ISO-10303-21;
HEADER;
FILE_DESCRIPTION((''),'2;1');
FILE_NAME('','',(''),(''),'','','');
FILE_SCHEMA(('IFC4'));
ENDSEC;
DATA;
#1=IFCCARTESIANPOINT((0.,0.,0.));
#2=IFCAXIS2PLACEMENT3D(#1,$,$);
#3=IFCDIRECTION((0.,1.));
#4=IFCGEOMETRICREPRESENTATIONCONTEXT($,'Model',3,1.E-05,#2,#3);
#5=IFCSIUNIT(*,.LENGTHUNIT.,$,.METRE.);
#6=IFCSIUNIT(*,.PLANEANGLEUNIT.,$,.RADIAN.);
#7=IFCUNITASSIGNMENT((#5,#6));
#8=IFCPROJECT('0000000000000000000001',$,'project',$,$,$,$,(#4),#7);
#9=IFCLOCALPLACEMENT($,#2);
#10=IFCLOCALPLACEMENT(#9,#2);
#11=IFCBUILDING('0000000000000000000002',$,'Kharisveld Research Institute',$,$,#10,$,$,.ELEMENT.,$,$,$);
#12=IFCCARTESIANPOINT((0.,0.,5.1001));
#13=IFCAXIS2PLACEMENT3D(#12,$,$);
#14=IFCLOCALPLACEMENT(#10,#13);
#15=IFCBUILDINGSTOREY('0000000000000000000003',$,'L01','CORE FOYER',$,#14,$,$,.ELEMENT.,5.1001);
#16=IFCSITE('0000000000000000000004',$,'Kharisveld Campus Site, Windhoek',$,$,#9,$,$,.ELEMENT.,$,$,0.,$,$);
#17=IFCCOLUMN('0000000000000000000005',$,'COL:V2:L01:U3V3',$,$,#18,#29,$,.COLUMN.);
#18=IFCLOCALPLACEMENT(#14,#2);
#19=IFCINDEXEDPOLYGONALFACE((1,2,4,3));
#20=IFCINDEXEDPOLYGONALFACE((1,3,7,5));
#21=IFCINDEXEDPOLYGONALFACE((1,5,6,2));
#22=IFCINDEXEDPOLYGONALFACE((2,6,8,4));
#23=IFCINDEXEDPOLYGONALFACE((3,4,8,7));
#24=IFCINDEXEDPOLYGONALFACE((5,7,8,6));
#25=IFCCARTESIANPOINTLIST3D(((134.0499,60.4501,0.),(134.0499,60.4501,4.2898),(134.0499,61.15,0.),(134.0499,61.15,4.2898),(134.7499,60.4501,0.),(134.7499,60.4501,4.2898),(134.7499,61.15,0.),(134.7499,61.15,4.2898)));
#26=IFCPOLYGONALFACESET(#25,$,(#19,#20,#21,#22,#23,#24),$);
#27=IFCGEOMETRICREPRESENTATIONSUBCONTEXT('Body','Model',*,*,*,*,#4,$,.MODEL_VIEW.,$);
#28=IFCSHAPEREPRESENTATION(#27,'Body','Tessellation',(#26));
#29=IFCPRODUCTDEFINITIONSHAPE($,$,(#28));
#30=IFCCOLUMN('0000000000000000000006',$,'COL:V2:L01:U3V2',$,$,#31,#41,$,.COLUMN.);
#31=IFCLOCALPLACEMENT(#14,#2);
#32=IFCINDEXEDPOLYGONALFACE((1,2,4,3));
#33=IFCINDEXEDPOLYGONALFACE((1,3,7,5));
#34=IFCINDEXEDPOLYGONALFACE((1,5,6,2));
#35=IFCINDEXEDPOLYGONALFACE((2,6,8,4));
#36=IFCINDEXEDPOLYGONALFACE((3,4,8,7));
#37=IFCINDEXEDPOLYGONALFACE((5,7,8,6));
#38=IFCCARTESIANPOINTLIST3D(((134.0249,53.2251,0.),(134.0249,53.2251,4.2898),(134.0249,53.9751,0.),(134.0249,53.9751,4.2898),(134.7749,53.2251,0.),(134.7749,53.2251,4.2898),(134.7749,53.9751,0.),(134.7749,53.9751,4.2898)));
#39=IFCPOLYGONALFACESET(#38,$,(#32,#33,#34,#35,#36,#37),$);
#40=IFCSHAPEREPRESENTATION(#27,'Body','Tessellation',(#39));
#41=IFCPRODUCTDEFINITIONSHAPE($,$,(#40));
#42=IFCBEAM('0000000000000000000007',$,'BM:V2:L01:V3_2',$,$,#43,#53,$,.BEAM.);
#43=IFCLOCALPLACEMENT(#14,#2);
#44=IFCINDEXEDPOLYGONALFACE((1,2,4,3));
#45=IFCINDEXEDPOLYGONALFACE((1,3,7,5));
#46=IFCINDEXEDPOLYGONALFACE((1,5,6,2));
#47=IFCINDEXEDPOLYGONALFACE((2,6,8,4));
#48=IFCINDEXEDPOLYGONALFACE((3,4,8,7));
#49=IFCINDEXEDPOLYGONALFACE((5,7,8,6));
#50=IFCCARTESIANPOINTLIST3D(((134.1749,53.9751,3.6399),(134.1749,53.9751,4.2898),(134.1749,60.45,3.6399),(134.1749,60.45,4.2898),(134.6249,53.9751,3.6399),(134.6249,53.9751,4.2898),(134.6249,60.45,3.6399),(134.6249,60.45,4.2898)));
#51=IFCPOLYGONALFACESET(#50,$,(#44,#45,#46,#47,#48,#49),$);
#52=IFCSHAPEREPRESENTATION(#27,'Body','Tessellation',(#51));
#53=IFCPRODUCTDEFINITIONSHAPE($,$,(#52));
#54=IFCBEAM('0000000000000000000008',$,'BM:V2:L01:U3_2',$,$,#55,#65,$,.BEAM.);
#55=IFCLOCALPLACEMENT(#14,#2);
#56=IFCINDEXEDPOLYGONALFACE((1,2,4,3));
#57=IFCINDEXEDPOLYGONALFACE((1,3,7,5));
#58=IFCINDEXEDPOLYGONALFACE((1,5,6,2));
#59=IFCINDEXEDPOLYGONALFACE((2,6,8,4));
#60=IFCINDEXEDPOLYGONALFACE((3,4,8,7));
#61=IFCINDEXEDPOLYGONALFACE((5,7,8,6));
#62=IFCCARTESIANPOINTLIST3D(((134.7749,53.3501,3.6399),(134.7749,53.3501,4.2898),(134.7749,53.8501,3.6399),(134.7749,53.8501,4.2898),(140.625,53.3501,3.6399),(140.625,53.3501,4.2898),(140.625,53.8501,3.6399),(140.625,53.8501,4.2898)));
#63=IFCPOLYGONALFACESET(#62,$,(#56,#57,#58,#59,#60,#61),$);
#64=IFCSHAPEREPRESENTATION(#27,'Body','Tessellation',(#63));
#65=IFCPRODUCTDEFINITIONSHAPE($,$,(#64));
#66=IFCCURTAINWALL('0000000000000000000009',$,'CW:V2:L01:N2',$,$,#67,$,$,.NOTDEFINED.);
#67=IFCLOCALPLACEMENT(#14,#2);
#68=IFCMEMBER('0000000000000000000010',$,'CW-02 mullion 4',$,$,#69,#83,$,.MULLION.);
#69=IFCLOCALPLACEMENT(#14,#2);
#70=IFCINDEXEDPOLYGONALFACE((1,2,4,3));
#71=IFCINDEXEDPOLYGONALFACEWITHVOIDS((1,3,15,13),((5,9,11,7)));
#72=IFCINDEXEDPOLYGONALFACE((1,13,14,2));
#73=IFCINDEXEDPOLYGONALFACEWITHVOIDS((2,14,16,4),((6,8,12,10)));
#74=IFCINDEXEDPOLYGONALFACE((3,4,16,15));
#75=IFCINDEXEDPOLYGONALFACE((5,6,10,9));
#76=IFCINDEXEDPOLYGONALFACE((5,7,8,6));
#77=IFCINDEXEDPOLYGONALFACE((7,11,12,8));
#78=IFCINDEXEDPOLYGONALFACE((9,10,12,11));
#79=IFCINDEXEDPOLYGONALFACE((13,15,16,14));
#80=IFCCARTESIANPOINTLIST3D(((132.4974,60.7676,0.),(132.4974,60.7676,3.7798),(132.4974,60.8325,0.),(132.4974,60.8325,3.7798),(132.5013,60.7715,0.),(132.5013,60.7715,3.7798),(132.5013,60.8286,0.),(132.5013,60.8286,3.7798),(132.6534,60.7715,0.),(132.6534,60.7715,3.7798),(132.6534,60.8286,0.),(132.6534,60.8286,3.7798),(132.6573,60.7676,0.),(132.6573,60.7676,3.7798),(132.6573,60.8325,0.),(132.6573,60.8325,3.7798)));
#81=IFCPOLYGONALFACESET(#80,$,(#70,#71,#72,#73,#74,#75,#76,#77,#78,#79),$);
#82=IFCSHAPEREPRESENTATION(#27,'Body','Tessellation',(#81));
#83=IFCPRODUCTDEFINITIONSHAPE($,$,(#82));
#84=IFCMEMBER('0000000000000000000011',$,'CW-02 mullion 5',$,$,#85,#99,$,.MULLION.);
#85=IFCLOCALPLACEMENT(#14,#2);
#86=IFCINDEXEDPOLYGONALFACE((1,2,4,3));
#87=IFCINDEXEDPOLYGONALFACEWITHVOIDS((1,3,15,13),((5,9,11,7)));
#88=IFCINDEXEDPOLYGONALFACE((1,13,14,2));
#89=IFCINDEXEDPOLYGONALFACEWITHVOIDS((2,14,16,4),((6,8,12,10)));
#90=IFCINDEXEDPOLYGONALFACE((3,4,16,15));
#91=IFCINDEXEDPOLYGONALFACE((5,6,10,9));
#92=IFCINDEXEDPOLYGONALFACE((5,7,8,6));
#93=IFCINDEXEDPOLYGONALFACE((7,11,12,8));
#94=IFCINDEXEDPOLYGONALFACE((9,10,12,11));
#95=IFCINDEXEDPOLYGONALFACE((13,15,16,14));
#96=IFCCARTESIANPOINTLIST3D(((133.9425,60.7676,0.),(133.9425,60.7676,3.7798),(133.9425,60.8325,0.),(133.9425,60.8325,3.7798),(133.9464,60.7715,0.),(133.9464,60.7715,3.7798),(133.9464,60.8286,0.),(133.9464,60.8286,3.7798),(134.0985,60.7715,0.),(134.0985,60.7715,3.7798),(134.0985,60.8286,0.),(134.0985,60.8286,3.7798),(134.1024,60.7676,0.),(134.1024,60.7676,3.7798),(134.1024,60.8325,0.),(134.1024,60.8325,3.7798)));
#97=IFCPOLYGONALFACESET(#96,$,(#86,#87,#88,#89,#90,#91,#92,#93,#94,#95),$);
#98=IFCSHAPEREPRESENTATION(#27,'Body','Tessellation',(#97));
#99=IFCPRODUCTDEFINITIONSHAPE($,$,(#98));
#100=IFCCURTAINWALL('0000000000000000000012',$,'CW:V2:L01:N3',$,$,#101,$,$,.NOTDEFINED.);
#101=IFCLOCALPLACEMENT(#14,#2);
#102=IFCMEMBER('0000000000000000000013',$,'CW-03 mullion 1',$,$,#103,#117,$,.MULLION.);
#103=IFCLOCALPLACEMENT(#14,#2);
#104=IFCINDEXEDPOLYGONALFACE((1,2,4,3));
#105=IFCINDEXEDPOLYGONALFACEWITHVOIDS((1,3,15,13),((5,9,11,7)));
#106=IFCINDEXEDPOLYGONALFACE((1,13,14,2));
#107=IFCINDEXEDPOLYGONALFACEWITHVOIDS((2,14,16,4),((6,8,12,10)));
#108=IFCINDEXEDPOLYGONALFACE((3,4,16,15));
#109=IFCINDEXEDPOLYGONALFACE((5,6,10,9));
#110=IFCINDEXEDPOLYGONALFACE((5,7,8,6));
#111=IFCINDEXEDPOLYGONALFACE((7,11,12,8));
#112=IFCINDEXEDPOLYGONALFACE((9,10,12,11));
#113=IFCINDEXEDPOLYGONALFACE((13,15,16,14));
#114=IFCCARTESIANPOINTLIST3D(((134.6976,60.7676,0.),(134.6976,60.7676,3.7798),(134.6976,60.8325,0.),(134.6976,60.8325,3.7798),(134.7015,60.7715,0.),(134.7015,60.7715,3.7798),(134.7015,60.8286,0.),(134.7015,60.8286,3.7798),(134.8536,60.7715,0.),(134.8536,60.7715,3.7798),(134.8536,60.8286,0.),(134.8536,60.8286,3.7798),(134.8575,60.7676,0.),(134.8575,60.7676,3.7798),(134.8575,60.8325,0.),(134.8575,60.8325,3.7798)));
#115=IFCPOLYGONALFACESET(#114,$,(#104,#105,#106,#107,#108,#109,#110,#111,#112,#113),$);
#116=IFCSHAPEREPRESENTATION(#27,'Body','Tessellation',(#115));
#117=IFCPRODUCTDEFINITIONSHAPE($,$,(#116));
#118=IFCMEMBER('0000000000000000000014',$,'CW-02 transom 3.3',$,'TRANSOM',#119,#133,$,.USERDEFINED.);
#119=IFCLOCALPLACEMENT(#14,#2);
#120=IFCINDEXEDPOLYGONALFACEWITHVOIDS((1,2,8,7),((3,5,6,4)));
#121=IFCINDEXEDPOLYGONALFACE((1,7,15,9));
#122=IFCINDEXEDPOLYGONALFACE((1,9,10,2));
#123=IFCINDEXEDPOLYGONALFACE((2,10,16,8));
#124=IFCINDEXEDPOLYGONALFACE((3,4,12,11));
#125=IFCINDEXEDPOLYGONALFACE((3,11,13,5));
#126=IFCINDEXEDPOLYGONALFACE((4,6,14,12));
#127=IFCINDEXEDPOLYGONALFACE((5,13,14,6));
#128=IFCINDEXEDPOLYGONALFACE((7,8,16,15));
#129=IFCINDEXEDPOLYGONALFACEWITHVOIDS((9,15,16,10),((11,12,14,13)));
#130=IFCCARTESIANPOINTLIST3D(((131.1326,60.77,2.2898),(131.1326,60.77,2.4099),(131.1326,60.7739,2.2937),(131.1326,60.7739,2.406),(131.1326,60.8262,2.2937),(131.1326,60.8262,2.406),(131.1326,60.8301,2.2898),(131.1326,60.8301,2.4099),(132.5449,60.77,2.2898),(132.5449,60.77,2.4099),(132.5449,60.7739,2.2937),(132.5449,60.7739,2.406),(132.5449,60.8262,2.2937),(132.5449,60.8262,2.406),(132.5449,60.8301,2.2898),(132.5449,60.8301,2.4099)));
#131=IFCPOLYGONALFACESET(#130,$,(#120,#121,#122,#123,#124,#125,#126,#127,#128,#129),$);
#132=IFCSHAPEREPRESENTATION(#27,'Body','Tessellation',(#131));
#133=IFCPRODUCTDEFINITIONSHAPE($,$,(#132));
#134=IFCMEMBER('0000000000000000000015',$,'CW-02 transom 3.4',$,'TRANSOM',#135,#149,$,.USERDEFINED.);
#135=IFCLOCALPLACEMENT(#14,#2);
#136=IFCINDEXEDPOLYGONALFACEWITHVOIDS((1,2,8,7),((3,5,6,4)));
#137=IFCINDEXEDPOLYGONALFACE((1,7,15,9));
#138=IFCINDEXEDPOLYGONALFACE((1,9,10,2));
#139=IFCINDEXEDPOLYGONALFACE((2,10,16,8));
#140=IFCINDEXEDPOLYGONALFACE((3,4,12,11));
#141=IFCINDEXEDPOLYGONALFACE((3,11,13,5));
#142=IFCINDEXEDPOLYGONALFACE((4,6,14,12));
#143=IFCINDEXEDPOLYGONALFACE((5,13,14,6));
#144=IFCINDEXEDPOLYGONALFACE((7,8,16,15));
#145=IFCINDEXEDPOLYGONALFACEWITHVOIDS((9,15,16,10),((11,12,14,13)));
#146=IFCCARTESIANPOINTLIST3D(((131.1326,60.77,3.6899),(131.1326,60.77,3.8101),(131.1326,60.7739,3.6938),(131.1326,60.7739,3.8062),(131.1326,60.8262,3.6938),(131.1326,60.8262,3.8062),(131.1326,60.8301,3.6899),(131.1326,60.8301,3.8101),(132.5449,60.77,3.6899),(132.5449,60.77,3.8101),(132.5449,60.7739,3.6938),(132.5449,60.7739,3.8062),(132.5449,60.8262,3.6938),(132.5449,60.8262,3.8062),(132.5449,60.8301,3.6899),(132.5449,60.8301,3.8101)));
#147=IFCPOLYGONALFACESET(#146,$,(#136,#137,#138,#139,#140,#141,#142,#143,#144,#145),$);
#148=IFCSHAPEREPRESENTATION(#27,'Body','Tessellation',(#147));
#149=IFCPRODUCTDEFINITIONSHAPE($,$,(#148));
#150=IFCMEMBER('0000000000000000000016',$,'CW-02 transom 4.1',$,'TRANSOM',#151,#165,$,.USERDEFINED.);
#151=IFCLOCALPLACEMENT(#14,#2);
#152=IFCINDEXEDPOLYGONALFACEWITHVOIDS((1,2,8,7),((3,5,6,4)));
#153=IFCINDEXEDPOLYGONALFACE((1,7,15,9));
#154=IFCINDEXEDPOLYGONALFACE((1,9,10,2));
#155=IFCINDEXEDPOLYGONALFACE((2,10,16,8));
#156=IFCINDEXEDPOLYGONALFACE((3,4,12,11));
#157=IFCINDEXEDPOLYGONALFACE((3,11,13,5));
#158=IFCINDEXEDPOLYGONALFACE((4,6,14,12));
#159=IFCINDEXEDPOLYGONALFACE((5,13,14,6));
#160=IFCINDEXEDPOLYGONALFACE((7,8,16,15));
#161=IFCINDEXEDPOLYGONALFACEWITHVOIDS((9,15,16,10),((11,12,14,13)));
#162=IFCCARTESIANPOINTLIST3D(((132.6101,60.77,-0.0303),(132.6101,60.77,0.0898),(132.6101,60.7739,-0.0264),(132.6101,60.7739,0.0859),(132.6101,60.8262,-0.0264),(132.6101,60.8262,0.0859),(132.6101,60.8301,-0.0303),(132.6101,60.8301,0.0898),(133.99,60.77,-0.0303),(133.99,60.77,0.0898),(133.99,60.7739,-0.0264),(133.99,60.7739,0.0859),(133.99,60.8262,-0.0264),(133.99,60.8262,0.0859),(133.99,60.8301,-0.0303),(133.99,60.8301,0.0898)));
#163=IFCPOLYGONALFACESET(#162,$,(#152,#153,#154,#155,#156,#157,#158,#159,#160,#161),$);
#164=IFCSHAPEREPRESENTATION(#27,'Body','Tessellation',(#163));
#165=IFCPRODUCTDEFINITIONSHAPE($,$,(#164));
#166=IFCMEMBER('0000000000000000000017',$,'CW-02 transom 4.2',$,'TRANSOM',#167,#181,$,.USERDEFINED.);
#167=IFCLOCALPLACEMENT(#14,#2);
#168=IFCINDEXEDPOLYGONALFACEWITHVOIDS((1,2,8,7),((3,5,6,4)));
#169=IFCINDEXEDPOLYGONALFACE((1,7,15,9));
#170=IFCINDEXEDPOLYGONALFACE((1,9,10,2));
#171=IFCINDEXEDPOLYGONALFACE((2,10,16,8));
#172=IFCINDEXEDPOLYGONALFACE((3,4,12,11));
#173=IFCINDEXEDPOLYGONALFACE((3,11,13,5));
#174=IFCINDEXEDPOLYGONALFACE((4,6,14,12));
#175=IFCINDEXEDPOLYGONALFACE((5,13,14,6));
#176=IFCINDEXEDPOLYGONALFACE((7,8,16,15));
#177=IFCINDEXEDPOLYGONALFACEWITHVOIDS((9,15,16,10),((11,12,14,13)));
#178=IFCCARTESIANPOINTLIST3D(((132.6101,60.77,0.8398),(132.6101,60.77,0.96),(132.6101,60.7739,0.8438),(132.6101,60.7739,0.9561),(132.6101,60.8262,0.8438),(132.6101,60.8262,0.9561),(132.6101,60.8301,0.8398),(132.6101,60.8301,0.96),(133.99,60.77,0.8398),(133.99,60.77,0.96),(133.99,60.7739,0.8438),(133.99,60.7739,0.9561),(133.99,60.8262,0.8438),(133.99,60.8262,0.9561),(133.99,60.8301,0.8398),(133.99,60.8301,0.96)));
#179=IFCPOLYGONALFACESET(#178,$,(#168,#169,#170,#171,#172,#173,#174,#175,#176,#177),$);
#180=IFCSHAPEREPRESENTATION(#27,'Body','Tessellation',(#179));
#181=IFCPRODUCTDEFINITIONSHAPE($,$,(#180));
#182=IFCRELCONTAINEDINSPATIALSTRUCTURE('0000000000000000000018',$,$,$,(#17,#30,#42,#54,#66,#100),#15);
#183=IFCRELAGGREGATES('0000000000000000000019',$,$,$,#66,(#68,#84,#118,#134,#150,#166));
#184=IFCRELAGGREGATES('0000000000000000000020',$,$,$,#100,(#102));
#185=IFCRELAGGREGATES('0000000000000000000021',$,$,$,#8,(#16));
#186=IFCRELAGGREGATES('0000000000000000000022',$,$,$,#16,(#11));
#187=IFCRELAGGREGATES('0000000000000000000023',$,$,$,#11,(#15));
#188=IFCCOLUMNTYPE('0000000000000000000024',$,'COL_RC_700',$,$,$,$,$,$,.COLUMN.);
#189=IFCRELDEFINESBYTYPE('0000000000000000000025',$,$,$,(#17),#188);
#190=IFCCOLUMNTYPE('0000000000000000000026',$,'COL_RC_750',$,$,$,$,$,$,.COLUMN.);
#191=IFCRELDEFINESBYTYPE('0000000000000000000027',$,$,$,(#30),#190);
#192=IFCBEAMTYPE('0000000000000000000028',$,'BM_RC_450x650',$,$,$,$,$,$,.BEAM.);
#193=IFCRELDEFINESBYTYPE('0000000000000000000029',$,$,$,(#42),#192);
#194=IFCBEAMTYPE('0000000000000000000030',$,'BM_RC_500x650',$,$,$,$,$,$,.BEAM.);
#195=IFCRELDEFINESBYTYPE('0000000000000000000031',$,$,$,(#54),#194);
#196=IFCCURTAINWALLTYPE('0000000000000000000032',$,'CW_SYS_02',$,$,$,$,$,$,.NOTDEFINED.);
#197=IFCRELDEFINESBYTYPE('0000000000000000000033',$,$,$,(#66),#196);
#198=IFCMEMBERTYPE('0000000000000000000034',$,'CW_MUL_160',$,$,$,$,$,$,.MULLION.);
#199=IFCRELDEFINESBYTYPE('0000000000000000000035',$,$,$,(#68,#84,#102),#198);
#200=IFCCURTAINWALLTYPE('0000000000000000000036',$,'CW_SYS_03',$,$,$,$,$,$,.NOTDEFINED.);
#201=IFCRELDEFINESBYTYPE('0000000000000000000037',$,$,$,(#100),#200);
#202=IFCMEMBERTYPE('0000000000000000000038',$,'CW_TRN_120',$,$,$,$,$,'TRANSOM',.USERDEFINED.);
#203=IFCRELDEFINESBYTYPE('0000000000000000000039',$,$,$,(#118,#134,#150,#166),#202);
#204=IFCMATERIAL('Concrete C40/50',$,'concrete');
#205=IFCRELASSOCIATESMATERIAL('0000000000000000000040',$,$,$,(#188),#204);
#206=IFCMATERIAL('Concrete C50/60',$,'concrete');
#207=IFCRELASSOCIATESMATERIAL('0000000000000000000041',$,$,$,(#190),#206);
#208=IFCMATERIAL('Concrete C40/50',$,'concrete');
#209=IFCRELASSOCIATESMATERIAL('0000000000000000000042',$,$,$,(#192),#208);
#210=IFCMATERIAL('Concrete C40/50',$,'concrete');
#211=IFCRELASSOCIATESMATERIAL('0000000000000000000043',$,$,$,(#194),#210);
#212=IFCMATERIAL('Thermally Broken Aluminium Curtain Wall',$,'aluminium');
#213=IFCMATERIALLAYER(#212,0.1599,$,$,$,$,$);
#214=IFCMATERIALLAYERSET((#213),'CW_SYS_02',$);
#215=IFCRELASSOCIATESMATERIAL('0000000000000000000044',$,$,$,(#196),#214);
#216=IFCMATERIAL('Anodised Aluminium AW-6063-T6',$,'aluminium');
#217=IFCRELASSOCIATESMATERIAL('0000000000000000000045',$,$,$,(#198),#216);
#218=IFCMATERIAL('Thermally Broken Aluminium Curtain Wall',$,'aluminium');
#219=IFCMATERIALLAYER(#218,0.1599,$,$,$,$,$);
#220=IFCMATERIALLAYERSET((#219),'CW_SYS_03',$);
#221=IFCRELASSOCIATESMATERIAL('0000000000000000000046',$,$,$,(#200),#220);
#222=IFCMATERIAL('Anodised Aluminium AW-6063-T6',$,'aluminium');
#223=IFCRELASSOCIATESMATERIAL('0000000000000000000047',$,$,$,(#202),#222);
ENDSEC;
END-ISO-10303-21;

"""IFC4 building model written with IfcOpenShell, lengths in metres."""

from ifc_helpers import new_model, si_unit, direction, frame, origin, origin_2d, place, context, subcontext, project, spatial, rectangle, hollow_rectangle, extrude, material, layer, layer_set, material_profile, profile_set, type_object, element, aggregate, save


model = new_model("IFC4")

# Units and contexts
model_context = context("Model", 3, precision=1e-05, world=origin(), true_north=direction((0.0, 1.0)))
body_context = subcontext(model_context, "Body", "Model", "MODEL_VIEW")
ifc_project = project(units=[si_unit("LENGTHUNIT", "METRE"), si_unit("PLANEANGLEUNIT", "RADIAN")], contexts=[model_context])

# Site, building, storey
site_placement = place(None, origin())
site = spatial("IfcSite", under=ifc_project, at=site_placement, Name="Kharisveld Campus Site, Windhoek", CompositionType="ELEMENT", RefElevation=0.0)
building_placement = place(site_placement, origin())
building = spatial("IfcBuilding", under=site, at=building_placement, Name="Kharisveld Research Institute", CompositionType="ELEMENT")
storey_placement = place(building_placement, frame((0.0, 0.0, 5.1001)))
storey = spatial("IfcBuildingStorey", under=building, at=storey_placement, Name="L01", Description="CORE FOYER", CompositionType="ELEMENT", Elevation=5.1001)

# Columns
ifc_material_1 = material(Name="Concrete C40/50", Category="concrete")
ifc_material_profile_1 = material_profile(ifc_material_1, rectangle(XDim=0.7, YDim=0.7, at=origin_2d()))
ifc_profile_set_1 = profile_set([ifc_material_profile_1], Name="Concrete C40/50")
column_type_1 = type_object("IfcColumnType", Name="COL_RC_700", PredefinedType="COLUMN", material=ifc_profile_set_1)
column_1_placement = place(storey_placement, frame((134.3999, 60.8, 0.0), z_axis=(0.0, 0.0, 1.0), x_axis=(1.0, 0.0, 0.0)))
element("IfcColumn", 1, at=column_1_placement, inside=storey, type_object=column_type_1, Name="COL:V2:L01:U3V3", PredefinedType="COLUMN", context=body_context, shape_type="SweptSolid", body=[
    extrude(rectangle(XDim=0.7, YDim=0.7, at=origin_2d()), origin(), (0.0, 0.0, 1.0), 4.2898),
])
ifc_material_2 = material(Name="Concrete C50/60", Category="concrete")
ifc_material_profile_2 = material_profile(ifc_material_2, rectangle(XDim=0.75, YDim=0.75, at=origin_2d()))
ifc_profile_set_2 = profile_set([ifc_material_profile_2], Name="Concrete C50/60")
column_type_2 = type_object("IfcColumnType", Name="COL_RC_750", PredefinedType="COLUMN", material=ifc_profile_set_2)
column_2_placement = place(storey_placement, frame((134.3999, 53.6001, 0.0), z_axis=(0.0, 0.0, 1.0), x_axis=(1.0, 0.0, 0.0)))
element("IfcColumn", 2, at=column_2_placement, inside=storey, type_object=column_type_2, Name="COL:V2:L01:U3V2", PredefinedType="COLUMN", context=body_context, shape_type="SweptSolid", body=[
    extrude(rectangle(XDim=0.75, YDim=0.75, at=origin_2d()), origin(), (0.0, 0.0, 1.0), 4.2898),
])

# Beams
ifc_material_3 = material(Name="Concrete C40/50", Category="concrete")
ifc_material_profile_3 = material_profile(ifc_material_3, rectangle(XDim=0.45, YDim=0.6499, at=origin_2d()))
ifc_profile_set_3 = profile_set([ifc_material_profile_3], Name="Concrete C40/50")
beam_type_1 = type_object("IfcBeamType", Name="BM_RC_450x650", PredefinedType="BEAM", material=ifc_profile_set_3)
beam_1_placement = place(storey_placement, frame((134.3999, 53.9751, 3.9648), z_axis=(0.0, 1.0, 0.0), x_axis=(-1.0, 0.0, 0.0)))
element("IfcBeam", 3, at=beam_1_placement, inside=storey, type_object=beam_type_1, Name="BM:V2:L01:V3_2", PredefinedType="BEAM", context=body_context, shape_type="SweptSolid", body=[
    extrude(rectangle(XDim=0.45, YDim=0.6499, at=origin_2d()), origin(), (0.0, 0.0, 1.0), 6.4749),
])
ifc_material_4 = material(Name="Concrete C40/50", Category="concrete")
ifc_material_profile_4 = material_profile(ifc_material_4, rectangle(XDim=0.5, YDim=0.6499, at=origin_2d()))
ifc_profile_set_4 = profile_set([ifc_material_profile_4], Name="Concrete C40/50")
beam_type_2 = type_object("IfcBeamType", Name="BM_RC_500x650", PredefinedType="BEAM", material=ifc_profile_set_4)
beam_2_placement = place(storey_placement, frame((134.7749, 53.6001, 3.9648), z_axis=(1.0, 0.0, 0.0), x_axis=(0.0, 1.0, 0.0)))
element("IfcBeam", 4, at=beam_2_placement, inside=storey, type_object=beam_type_2, Name="BM:V2:L01:U3_2", PredefinedType="BEAM", context=body_context, shape_type="SweptSolid", body=[
    extrude(rectangle(XDim=0.5, YDim=0.6499, at=origin_2d()), origin(), (0.0, 0.0, 1.0), 5.8501),
])

# Curtain wall, members
ifc_material_5 = material(Name="Thermally Broken Aluminium Curtain Wall", Category="aluminium")
ifc_layer_1 = layer(ifc_material_5, 0.1599)
ifc_layer_set_1 = layer_set([ifc_layer_1], Name="CW_SYS_02")
curtain_wall_type_1 = type_object("IfcCurtainWallType", Name="CW_SYS_02", PredefinedType="NOTDEFINED", material=ifc_layer_set_1)
curtain_wall_1_placement = place(storey_placement, origin())
curtain_wall_1 = element("IfcCurtainWall", 5, at=curtain_wall_1_placement, inside=storey, type_object=curtain_wall_type_1, Name="CW:V2:L01:N2", PredefinedType="NOTDEFINED")
ifc_material_6 = material(Name="Anodised Aluminium AW-6063-T6", Category="aluminium")
ifc_material_profile_5 = material_profile(ifc_material_6, hollow_rectangle(XDim=0.0649, YDim=0.1599, WallThickness=0.0039, at=origin_2d()))
ifc_profile_set_5 = profile_set([ifc_material_profile_5], Name="Anodised Aluminium AW-6063-T6")
member_type_1 = type_object("IfcMemberType", Name="CW_MUL_160", PredefinedType="MULLION", material=ifc_profile_set_5)
member_1_placement = place(storey_placement, frame((132.5774, 60.8, 0.0), z_axis=(0.0, 0.0, 1.0), x_axis=(0.0, 1.0, 0.0)))
member_1 = element("IfcMember", 6, at=member_1_placement, type_object=member_type_1, Name="CW-02 mullion 4", PredefinedType="MULLION", context=body_context, shape_type="SweptSolid", body=[
    extrude(hollow_rectangle(XDim=0.0649, YDim=0.1599, WallThickness=0.0039, at=origin_2d()), origin(), (0.0, 0.0, 1.0), 3.7798),
])
member_2_placement = place(storey_placement, frame((134.0225, 60.8, 0.0), z_axis=(0.0, 0.0, 1.0), x_axis=(0.0, 1.0, 0.0)))
member_2 = element("IfcMember", 7, at=member_2_placement, type_object=member_type_1, Name="CW-02 mullion 5", PredefinedType="MULLION", context=body_context, shape_type="SweptSolid", body=[
    extrude(hollow_rectangle(XDim=0.0649, YDim=0.1599, WallThickness=0.0039, at=origin_2d()), origin(), (0.0, 0.0, 1.0), 3.7798),
])

# Curtain wall, member
ifc_material_7 = material(Name="Thermally Broken Aluminium Curtain Wall", Category="aluminium")
ifc_layer_2 = layer(ifc_material_7, 0.1599)
ifc_layer_set_2 = layer_set([ifc_layer_2], Name="CW_SYS_03")
curtain_wall_type_2 = type_object("IfcCurtainWallType", Name="CW_SYS_03", PredefinedType="NOTDEFINED", material=ifc_layer_set_2)
curtain_wall_2_placement = place(storey_placement, origin())
curtain_wall_2 = element("IfcCurtainWall", 8, at=curtain_wall_2_placement, inside=storey, type_object=curtain_wall_type_2, Name="CW:V2:L01:N3", PredefinedType="NOTDEFINED")
member_3_placement = place(storey_placement, frame((134.7776, 60.8, 0.0), z_axis=(0.0, 0.0, 1.0), x_axis=(0.0, 1.0, 0.0)))
member_3 = element("IfcMember", 9, at=member_3_placement, type_object=member_type_1, Name="CW-03 mullion 1", PredefinedType="MULLION", context=body_context, shape_type="SweptSolid", body=[
    extrude(hollow_rectangle(XDim=0.0649, YDim=0.1599, WallThickness=0.0039, at=origin_2d()), origin(), (0.0, 0.0, 1.0), 3.7798),
])

# Members
ifc_material_8 = material(Name="Anodised Aluminium AW-6063-T6", Category="aluminium")
ifc_material_profile_6 = material_profile(ifc_material_8, hollow_rectangle(XDim=0.0601, YDim=0.1201, WallThickness=0.0039, at=origin_2d()))
ifc_profile_set_6 = profile_set([ifc_material_profile_6], Name="Anodised Aluminium AW-6063-T6")
member_type_2 = type_object("IfcMemberType", Name="CW_TRN_120", ElementType="TRANSOM", PredefinedType="USERDEFINED", material=ifc_profile_set_6)
member_4_placement = place(storey_placement, frame((131.1326, 60.8, 2.3499), z_axis=(1.0, 0.0, 0.0), x_axis=(0.0, 1.0, 0.0)))
member_4 = element("IfcMember", 10, at=member_4_placement, type_object=member_type_2, Name="CW-02 transom 3.3", ObjectType="TRANSOM", PredefinedType="USERDEFINED", context=body_context, shape_type="SweptSolid", body=[
    extrude(hollow_rectangle(XDim=0.0601, YDim=0.1201, WallThickness=0.0039, at=origin_2d()), origin(), (0.0, 0.0, 1.0), 1.4124),
])
member_5_placement = place(storey_placement, frame((131.1326, 60.8, 3.75), z_axis=(1.0, 0.0, 0.0), x_axis=(0.0, 1.0, 0.0)))
member_5 = element("IfcMember", 11, at=member_5_placement, type_object=member_type_2, Name="CW-02 transom 3.4", ObjectType="TRANSOM", PredefinedType="USERDEFINED", context=body_context, shape_type="SweptSolid", body=[
    extrude(hollow_rectangle(XDim=0.0601, YDim=0.1201, WallThickness=0.0039, at=origin_2d()), origin(), (0.0, 0.0, 1.0), 1.4124),
])
member_6_placement = place(storey_placement, frame((132.6101, 60.8, 0.0298), z_axis=(1.0, 0.0, 0.0), x_axis=(0.0, 1.0, 0.0)))
member_6 = element("IfcMember", 12, at=member_6_placement, type_object=member_type_2, Name="CW-02 transom 4.1", ObjectType="TRANSOM", PredefinedType="USERDEFINED", context=body_context, shape_type="SweptSolid", body=[
    extrude(hollow_rectangle(XDim=0.0601, YDim=0.1201, WallThickness=0.0039, at=origin_2d()), origin(), (0.0, 0.0, 1.0), 1.3799),
])
member_7_placement = place(storey_placement, frame((132.6101, 60.8, 0.8999), z_axis=(1.0, 0.0, 0.0), x_axis=(0.0, 1.0, 0.0)))
member_7 = element("IfcMember", 13, at=member_7_placement, type_object=member_type_2, Name="CW-02 transom 4.2", ObjectType="TRANSOM", PredefinedType="USERDEFINED", context=body_context, shape_type="SweptSolid", body=[
    extrude(hollow_rectangle(XDim=0.0601, YDim=0.1201, WallThickness=0.0039, at=origin_2d()), origin(), (0.0, 0.0, 1.0), 1.3799),
])

aggregate(curtain_wall_1, [member_1, member_2, member_4, member_5, member_6, member_7])
aggregate(curtain_wall_2, [member_3])

save(model, "model.ifc")
